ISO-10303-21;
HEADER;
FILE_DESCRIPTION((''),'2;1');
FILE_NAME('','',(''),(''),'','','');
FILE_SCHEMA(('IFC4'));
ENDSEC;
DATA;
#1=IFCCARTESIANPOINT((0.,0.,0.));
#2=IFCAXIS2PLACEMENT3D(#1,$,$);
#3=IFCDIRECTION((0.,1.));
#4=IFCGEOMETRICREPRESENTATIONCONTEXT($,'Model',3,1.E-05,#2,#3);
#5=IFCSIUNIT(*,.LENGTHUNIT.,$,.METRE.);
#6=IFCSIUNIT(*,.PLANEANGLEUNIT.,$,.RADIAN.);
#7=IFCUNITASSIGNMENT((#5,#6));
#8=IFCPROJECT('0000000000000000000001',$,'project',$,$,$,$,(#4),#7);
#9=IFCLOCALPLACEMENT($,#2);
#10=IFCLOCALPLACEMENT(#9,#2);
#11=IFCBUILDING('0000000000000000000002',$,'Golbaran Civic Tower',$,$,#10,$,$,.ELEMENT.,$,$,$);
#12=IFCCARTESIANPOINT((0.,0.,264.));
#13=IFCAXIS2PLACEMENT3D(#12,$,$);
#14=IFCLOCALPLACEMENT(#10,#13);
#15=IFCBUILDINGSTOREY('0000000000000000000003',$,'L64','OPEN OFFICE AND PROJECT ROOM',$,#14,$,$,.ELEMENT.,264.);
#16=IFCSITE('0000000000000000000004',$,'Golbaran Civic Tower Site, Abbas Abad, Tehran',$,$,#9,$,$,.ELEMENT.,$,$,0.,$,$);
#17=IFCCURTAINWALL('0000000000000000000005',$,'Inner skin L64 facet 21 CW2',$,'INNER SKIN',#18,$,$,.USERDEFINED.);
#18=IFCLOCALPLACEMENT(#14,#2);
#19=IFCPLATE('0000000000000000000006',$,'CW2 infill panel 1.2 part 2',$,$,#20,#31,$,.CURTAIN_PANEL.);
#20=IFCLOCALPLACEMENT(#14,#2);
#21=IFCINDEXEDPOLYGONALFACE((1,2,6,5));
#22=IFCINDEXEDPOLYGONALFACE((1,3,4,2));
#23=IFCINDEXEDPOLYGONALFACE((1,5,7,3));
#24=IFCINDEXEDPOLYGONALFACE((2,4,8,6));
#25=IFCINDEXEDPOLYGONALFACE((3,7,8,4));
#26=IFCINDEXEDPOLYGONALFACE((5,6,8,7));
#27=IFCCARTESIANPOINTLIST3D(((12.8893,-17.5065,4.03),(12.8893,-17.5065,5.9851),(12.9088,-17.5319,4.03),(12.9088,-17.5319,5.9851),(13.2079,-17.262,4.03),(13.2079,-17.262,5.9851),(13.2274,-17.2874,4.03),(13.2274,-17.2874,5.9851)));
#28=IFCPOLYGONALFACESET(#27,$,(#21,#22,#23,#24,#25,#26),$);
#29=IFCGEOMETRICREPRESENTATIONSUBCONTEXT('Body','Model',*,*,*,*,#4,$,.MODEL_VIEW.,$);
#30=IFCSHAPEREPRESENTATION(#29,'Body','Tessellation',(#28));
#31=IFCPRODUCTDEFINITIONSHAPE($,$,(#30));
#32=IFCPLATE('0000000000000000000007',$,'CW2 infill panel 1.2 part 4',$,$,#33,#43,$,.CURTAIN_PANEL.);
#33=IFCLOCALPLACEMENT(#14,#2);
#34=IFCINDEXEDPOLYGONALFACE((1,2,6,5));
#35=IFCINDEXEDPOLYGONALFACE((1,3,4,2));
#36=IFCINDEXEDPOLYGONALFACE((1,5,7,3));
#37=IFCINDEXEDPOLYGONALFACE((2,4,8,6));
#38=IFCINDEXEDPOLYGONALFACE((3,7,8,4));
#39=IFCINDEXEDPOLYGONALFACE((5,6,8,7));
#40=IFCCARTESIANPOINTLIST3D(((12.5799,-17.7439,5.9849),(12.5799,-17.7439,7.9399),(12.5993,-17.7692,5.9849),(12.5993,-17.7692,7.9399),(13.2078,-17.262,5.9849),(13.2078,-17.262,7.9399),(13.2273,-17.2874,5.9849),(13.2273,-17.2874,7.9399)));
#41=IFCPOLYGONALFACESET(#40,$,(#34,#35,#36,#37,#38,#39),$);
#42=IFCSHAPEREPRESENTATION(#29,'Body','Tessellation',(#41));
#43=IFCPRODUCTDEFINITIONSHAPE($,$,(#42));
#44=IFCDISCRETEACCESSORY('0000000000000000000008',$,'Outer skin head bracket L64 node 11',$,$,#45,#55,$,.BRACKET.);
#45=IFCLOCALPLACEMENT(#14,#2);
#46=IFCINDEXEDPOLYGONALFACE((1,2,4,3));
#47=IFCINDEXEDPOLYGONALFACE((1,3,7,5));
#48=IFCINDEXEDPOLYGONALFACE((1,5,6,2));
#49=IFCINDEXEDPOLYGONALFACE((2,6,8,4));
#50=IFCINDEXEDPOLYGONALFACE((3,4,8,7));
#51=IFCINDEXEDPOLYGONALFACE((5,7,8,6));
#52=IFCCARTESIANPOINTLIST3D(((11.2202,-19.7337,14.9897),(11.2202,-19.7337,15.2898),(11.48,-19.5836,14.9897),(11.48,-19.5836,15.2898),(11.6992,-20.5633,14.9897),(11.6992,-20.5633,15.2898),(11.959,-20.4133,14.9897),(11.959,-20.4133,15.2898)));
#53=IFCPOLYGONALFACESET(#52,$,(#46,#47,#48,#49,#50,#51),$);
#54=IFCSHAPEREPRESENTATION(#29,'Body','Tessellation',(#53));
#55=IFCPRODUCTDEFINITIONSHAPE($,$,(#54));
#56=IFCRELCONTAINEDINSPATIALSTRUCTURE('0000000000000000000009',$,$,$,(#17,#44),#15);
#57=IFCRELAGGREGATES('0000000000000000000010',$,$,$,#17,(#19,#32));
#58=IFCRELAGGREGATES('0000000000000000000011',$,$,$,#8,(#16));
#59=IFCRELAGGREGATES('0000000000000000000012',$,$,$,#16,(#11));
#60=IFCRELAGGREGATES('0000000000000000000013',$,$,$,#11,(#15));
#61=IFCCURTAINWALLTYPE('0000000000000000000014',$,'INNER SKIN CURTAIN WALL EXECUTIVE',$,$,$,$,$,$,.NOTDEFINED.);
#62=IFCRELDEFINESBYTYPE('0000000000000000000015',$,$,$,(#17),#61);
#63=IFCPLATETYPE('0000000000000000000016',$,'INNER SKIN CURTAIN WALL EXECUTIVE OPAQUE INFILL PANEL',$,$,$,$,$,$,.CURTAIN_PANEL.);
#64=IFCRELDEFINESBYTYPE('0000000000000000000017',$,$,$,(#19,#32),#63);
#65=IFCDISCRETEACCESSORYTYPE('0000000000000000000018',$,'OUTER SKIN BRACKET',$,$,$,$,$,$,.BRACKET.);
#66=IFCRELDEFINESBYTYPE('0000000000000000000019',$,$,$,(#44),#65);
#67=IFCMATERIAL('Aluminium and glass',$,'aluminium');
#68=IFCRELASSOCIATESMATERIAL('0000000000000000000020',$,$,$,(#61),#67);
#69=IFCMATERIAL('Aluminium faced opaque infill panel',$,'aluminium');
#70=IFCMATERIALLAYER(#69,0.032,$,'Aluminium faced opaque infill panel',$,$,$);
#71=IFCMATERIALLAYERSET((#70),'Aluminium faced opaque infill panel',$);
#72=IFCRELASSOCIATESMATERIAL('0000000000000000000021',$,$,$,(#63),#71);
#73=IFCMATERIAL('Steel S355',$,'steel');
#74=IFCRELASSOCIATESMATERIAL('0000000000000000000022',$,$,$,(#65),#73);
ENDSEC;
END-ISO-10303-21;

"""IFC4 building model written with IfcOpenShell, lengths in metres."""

from ifc_helpers import new_model, si_unit, direction, frame, origin, origin_2d, place, context, subcontext, project, spatial, rectangle, extrude, material, layer, layer_set, type_object, element, aggregate, save


model = new_model("IFC4")

# Units and contexts
model_context = context("Model", 3, precision=1e-05, world=origin(), true_north=direction((0.0, 1.0)))
body_context = subcontext(model_context, "Body", "Model", "MODEL_VIEW")
ifc_project = project(units=[si_unit("LENGTHUNIT", "METRE"), si_unit("PLANEANGLEUNIT", "RADIAN")], contexts=[model_context])

# Site, building, storey
site_placement = place(None, origin())
site = spatial("IfcSite", under=ifc_project, at=site_placement, Name="Golbaran Civic Tower Site, Abbas Abad, Tehran", CompositionType="ELEMENT", RefElevation=0.0)
building_placement = place(site_placement, origin())
building = spatial("IfcBuilding", under=site, at=building_placement, Name="Golbaran Civic Tower", CompositionType="ELEMENT")
storey_placement = place(building_placement, frame((0.0, 0.0, 264.0)))
storey = spatial("IfcBuildingStorey", under=building, at=storey_placement, Name="L64", Description="OPEN OFFICE AND PROJECT ROOM", CompositionType="ELEMENT", Elevation=264.0)

# Curtain wall
ifc_material_1 = material(Name="Aluminium and glass", Category="aluminium")
curtain_wall_type_1 = type_object("IfcCurtainWallType", Name="INNER SKIN CURTAIN WALL EXECUTIVE", PredefinedType="NOTDEFINED", material=ifc_material_1)
curtain_wall_1_placement = place(storey_placement, origin())
curtain_wall_1 = element("IfcCurtainWall", 1, at=curtain_wall_1_placement, inside=storey, type_object=curtain_wall_type_1, Name="Inner skin L64 facet 21 CW2", ObjectType="INNER SKIN", PredefinedType="USERDEFINED")

# Plates
ifc_material_2 = material(Name="Aluminium faced opaque infill panel", Category="aluminium")
ifc_layer_1 = layer(ifc_material_2, 0.032, Name="Aluminium faced opaque infill panel")
ifc_layer_set_1 = layer_set([ifc_layer_1], Name="Aluminium faced opaque infill panel")
plate_type_1 = type_object("IfcPlateType", Name="INNER SKIN CURTAIN WALL EXECUTIVE OPAQUE INFILL PANEL", PredefinedType="CURTAIN_PANEL", material=ifc_layer_set_1)
plate_1_placement = place(storey_placement, frame((13.0583, -17.397, 4.03), z_axis=(0.0, 0.0, 1.0), x_axis=(0.793353, 0.608761, 0.0)))
plate_1 = element("IfcPlate", 2, at=plate_1_placement, type_object=plate_type_1, Name="CW2 infill panel 1.2 part 2", PredefinedType="CURTAIN_PANEL", context=body_context, shape_type="SweptSolid", body=[
    extrude(rectangle(XDim=0.4016, YDim=0.032, at=origin_2d()), origin(), (0.0, 0.0, 1.0), 1.9551),
])
plate_2_placement = place(storey_placement, frame((12.9036, -17.5156, 5.9849), z_axis=(0.0, 0.0, 1.0), x_axis=(0.793353, 0.608761, 0.0)))
plate_2 = element("IfcPlate", 3, at=plate_2_placement, type_object=plate_type_1, Name="CW2 infill panel 1.2 part 4", PredefinedType="CURTAIN_PANEL", context=body_context, shape_type="SweptSolid", body=[
    extrude(rectangle(XDim=0.7915, YDim=0.032, at=origin_2d()), origin(), (0.0, 0.0, 1.0), 1.9551),
])
aggregate(curtain_wall_1, [plate_1, plate_2])

# Discrete accessory
ifc_material_3 = material(Name="Steel S355", Category="steel")
discrete_accessory_type = type_object("IfcDiscreteAccessoryType", Name="OUTER SKIN BRACKET", PredefinedType="BRACKET", material=ifc_material_3)
discrete_accessory_placement = place(storey_placement, frame((11.5896, -20.0735, 14.9897), z_axis=(0.0, 0.0, 1.0), x_axis=(0.5, -0.866025, 0.0)))
element("IfcDiscreteAccessory", 4, at=discrete_accessory_placement, inside=storey, type_object=discrete_accessory_type, Name="Outer skin head bracket L64 node 11", PredefinedType="BRACKET", context=body_context, shape_type="SweptSolid", body=[
    extrude(rectangle(XDim=0.958, YDim=0.3, at=origin_2d()), origin(), (0.0, 0.0, 1.0), 0.3),
])

save(model, "model.ifc")
